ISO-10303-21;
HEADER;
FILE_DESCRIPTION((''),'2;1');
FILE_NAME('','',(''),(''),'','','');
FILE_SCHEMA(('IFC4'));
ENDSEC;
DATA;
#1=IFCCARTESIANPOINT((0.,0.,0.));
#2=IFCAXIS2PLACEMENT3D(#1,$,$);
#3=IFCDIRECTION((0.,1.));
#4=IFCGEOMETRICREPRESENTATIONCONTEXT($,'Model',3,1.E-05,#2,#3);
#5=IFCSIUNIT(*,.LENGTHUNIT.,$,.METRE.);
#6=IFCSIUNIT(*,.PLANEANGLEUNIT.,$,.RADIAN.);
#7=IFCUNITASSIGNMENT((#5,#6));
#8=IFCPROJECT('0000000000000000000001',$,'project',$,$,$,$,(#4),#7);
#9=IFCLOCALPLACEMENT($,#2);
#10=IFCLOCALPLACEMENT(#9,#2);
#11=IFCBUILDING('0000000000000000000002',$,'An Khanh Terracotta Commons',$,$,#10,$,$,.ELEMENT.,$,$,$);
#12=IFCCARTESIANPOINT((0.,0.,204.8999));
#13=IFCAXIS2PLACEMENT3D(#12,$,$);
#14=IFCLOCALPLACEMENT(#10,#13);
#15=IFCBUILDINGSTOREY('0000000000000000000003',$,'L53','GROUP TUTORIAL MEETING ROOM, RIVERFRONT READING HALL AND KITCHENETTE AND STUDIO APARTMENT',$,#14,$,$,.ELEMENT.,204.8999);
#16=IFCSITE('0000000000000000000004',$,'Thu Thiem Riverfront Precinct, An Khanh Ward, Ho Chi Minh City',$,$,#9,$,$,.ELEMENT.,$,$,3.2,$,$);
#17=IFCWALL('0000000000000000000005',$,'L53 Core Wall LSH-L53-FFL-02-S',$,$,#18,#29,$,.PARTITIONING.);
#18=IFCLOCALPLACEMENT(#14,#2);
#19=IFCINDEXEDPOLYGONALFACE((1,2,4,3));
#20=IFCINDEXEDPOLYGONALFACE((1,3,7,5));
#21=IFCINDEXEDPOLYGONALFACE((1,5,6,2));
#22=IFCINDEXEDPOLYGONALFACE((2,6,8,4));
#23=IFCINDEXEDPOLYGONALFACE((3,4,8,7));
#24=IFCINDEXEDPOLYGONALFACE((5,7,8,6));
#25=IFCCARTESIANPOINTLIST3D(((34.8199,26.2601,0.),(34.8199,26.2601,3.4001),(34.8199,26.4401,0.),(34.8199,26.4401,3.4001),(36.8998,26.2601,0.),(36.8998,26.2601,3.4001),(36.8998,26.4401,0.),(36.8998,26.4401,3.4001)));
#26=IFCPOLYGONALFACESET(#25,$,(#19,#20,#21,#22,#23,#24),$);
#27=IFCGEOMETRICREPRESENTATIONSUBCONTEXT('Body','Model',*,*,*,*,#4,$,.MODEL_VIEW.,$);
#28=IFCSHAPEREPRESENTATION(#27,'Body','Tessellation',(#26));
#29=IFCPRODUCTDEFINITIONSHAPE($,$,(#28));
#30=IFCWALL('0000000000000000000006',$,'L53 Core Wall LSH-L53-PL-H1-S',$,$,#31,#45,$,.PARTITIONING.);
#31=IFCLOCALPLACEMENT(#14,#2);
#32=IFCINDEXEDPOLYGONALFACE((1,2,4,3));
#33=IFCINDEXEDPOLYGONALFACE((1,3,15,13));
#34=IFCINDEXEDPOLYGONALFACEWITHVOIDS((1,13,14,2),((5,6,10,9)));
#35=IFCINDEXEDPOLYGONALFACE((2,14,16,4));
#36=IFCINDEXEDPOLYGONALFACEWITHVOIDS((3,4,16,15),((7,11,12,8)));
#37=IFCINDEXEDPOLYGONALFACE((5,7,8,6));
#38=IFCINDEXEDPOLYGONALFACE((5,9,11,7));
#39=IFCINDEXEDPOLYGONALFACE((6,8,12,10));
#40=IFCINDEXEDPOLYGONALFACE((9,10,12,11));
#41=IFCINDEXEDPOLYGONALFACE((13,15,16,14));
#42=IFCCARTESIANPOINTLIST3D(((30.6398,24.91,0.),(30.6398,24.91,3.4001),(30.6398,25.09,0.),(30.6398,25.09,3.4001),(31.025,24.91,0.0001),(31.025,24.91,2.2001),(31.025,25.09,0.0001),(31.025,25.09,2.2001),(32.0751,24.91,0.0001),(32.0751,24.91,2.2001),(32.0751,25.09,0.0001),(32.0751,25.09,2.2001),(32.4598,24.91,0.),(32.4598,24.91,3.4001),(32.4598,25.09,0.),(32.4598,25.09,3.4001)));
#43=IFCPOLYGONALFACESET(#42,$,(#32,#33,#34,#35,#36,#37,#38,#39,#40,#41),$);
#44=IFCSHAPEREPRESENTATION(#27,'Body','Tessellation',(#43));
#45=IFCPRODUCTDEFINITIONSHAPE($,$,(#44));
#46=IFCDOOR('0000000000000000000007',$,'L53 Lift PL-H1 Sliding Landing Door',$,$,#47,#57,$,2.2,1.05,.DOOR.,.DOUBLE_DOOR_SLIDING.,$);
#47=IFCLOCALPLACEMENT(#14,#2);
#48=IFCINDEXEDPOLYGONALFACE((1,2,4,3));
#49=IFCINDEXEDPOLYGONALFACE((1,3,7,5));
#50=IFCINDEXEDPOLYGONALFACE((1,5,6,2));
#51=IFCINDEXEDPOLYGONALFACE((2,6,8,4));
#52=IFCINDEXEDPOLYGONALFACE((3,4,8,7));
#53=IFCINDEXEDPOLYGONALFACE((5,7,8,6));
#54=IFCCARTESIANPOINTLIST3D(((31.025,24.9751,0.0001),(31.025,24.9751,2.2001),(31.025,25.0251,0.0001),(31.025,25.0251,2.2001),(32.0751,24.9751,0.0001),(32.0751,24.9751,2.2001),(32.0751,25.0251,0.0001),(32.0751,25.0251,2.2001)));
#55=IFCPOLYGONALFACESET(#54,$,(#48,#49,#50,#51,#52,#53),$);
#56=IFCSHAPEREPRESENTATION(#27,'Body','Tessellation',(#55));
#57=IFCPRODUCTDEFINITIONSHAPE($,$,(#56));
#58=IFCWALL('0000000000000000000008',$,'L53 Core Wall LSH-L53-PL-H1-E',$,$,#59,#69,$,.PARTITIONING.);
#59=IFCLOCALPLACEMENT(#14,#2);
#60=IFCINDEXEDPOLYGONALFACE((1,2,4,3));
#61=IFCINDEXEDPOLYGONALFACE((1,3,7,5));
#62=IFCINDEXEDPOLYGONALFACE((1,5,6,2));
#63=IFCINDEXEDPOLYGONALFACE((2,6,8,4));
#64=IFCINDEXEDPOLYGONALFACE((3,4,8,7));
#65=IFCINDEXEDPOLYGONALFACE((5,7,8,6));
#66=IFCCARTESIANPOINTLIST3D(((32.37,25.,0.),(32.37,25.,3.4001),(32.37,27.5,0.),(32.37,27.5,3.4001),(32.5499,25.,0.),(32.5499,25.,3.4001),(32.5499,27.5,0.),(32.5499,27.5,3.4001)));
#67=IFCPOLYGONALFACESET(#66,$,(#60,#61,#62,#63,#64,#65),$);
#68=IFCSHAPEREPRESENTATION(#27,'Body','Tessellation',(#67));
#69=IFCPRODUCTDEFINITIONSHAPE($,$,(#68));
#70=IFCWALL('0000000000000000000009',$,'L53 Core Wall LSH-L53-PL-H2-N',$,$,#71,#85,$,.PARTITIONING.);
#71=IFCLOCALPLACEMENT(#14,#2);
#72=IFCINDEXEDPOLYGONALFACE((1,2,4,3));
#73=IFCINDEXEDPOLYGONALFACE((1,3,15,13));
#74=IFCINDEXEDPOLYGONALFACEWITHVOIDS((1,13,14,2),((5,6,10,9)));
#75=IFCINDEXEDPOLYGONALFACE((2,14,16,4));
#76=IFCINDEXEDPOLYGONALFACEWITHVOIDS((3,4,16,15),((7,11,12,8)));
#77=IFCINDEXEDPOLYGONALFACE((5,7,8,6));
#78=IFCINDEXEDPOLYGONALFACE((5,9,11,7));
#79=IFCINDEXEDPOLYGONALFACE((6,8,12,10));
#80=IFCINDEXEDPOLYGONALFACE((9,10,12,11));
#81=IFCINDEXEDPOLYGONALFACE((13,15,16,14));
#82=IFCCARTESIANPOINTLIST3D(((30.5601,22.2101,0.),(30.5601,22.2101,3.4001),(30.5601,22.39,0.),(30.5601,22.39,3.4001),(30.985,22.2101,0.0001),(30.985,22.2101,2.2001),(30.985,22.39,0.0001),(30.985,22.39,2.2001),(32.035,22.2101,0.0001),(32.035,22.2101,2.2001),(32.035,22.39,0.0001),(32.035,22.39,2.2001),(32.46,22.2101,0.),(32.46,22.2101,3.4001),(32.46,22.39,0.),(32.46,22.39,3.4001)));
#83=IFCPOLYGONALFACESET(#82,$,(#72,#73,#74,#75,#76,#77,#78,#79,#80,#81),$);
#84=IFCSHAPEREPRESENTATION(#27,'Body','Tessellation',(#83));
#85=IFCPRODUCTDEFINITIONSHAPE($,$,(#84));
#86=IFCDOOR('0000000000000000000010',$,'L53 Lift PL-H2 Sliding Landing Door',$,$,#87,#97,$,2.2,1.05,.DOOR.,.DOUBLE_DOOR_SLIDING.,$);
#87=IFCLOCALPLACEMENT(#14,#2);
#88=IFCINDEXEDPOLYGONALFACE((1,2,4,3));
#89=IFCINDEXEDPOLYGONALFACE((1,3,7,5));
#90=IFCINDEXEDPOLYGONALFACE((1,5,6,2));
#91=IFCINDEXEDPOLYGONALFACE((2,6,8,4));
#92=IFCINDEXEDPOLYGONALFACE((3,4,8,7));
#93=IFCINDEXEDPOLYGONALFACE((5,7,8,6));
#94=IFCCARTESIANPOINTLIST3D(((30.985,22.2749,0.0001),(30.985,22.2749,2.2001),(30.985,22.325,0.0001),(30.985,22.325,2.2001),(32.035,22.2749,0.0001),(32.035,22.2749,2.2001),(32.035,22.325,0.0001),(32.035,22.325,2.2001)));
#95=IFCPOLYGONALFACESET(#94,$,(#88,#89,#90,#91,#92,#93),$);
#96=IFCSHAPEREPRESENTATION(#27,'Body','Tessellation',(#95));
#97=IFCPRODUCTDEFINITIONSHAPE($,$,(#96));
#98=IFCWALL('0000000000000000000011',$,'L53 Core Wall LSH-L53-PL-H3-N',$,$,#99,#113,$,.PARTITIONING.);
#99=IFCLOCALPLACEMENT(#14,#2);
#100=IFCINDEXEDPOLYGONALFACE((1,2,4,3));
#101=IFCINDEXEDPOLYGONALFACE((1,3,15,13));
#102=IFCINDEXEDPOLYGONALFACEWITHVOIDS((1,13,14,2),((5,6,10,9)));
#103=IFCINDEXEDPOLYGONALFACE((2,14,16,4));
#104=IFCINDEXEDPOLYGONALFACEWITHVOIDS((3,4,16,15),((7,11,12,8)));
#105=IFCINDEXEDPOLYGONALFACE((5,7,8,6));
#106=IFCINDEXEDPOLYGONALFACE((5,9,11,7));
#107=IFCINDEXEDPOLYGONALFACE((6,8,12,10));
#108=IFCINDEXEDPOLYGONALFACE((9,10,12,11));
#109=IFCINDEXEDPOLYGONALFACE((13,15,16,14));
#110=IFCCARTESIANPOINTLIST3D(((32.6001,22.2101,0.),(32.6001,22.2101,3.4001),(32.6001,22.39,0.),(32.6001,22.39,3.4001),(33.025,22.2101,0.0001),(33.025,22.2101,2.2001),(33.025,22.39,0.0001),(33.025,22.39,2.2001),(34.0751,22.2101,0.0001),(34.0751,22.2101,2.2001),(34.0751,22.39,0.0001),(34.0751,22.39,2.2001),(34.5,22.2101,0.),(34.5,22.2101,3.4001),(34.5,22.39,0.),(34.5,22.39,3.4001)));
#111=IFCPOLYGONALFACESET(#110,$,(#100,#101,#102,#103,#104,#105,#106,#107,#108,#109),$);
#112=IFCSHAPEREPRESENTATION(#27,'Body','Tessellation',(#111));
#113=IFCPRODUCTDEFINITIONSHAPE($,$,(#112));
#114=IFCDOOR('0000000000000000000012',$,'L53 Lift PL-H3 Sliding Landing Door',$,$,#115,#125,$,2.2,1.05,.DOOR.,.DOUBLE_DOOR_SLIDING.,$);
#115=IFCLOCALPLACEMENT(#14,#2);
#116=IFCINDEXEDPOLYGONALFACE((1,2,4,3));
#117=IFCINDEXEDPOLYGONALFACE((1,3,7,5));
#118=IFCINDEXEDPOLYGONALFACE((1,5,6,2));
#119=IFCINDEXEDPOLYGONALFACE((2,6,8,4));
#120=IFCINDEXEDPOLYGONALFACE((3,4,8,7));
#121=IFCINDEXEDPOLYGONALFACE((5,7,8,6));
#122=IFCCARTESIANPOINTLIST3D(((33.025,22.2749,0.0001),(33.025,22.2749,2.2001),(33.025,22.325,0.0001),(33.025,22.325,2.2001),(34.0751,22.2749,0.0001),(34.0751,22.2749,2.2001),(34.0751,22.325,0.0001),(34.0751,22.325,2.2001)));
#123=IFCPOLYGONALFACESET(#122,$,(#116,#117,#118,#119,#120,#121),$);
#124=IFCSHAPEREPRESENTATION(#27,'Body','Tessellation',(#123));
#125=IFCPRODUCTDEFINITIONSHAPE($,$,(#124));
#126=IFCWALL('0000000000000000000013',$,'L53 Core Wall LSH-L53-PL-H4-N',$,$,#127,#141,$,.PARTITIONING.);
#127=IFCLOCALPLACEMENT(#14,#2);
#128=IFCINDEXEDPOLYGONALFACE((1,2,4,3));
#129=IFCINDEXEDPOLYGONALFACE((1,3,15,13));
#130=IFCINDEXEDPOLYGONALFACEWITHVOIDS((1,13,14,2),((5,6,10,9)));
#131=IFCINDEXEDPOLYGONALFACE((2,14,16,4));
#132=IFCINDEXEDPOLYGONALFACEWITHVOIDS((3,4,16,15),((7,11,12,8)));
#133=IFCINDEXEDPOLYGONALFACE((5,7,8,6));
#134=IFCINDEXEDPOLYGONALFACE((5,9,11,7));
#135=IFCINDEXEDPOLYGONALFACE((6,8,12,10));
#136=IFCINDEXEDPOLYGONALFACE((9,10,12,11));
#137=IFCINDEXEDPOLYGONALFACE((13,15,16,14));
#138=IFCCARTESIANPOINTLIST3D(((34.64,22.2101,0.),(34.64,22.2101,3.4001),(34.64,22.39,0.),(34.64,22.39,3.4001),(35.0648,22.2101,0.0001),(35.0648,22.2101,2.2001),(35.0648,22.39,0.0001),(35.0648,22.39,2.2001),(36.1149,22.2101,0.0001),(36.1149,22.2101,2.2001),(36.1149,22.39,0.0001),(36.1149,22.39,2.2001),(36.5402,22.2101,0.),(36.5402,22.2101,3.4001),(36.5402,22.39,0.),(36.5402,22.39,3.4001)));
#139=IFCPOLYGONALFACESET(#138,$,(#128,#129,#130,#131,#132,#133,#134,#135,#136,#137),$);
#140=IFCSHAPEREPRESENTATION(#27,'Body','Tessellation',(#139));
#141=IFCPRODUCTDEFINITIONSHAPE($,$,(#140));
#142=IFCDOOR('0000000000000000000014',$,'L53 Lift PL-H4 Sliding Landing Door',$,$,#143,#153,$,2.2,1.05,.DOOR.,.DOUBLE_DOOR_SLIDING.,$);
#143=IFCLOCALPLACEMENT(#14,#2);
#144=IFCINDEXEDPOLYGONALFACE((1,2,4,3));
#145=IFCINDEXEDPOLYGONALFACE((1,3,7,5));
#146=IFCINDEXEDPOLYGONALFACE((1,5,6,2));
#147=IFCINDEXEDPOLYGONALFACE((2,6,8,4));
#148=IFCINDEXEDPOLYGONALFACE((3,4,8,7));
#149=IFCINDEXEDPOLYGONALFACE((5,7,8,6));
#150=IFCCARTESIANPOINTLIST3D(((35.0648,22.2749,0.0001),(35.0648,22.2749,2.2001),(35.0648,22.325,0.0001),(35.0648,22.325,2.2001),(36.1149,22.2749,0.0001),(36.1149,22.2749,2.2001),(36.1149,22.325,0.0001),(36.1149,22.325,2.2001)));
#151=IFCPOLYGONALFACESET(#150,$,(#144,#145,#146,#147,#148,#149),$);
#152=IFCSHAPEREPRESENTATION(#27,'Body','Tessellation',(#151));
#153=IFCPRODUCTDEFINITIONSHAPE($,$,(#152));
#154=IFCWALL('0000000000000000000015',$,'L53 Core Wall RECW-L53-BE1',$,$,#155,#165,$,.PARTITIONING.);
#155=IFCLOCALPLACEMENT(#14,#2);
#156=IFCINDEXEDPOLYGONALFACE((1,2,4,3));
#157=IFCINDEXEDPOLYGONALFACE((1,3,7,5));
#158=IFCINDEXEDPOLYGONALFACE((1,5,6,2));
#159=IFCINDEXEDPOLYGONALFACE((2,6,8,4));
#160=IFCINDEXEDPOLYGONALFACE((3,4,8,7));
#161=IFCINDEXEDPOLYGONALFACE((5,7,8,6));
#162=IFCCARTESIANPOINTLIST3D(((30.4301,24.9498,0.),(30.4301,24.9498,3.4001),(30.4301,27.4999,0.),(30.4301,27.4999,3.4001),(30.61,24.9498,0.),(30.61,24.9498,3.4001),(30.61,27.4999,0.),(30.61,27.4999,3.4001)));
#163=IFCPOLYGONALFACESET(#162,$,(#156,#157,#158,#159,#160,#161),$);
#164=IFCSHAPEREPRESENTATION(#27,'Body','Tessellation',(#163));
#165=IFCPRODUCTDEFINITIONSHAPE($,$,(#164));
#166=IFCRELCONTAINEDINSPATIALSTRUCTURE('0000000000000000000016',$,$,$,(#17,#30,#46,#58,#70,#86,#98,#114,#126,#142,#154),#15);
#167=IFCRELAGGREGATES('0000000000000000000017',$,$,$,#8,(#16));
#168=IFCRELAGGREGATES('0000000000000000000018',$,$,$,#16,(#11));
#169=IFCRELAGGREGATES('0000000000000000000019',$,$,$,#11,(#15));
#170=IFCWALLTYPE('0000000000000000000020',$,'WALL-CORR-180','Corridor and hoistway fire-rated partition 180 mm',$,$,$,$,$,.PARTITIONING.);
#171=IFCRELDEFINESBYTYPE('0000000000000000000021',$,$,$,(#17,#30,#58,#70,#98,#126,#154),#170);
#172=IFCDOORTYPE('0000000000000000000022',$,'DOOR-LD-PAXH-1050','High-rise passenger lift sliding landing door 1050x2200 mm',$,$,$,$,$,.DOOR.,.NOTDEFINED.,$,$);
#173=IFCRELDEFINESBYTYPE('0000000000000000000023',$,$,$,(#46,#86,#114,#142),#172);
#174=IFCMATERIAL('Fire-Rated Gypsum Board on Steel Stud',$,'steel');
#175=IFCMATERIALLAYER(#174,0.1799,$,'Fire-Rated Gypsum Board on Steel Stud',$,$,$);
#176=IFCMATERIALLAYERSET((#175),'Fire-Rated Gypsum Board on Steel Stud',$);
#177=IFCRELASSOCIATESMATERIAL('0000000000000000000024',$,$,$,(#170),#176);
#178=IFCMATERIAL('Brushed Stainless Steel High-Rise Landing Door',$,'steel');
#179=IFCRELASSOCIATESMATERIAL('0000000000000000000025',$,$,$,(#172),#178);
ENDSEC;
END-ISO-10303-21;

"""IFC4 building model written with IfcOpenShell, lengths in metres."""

from ifc_helpers import new_model, si_unit, direction, frame, frame_2d, origin, place, context, subcontext, project, spatial, rectangle, extrude, material, layer, layer_set, type_object, element, fill, save


model = new_model("IFC4")

# Units and contexts
model_context = context("Model", 3, precision=1e-05, world=origin(), true_north=direction((0.0, 1.0)))
body_context = subcontext(model_context, "Body", "Model", "MODEL_VIEW")
ifc_project = project(units=[si_unit("LENGTHUNIT", "METRE"), si_unit("PLANEANGLEUNIT", "RADIAN")], contexts=[model_context])

# Site, building, storey
site_placement = place(None, origin())
site = spatial("IfcSite", under=ifc_project, at=site_placement, Name="Thu Thiem Riverfront Precinct, An Khanh Ward, Ho Chi Minh City", CompositionType="ELEMENT", RefElevation=3.2)
building_placement = place(site_placement, origin())
building = spatial("IfcBuilding", under=site, at=building_placement, Name="An Khanh Terracotta Commons", CompositionType="ELEMENT")
storey_placement = place(building_placement, frame((0.0, 0.0, 204.8999)))
storey = spatial("IfcBuildingStorey", under=building, at=storey_placement, Name="L53", Description="GROUP TUTORIAL MEETING ROOM, RIVERFRONT READING HALL AND KITCHENETTE AND STUDIO APARTMENT", CompositionType="ELEMENT", Elevation=204.8999)

# Wall
ifc_material_1 = material(Name="Fire-Rated Gypsum Board on Steel Stud", Category="steel")
ifc_layer = layer(ifc_material_1, 0.1799, Name="Fire-Rated Gypsum Board on Steel Stud")
ifc_layer_set = layer_set([ifc_layer], Name="Fire-Rated Gypsum Board on Steel Stud")
wall_type = type_object("IfcWallType", Name="WALL-CORR-180", Description="Corridor and hoistway fire-rated partition 180 mm", PredefinedType="PARTITIONING", material=ifc_layer_set)
wall_1_placement = place(storey_placement, frame((36.8999, 26.3501, 0.0), z_axis=(0.0, 0.0, 1.0), x_axis=(-1.0, 0.0, 0.0)))
element("IfcWall", 1, at=wall_1_placement, inside=storey, type_object=wall_type, Name="L53 Core Wall LSH-L53-FFL-02-S", PredefinedType="PARTITIONING", context=body_context, shape_type="SweptSolid", body=[
    extrude(rectangle(XDim=2.0798, YDim=0.1799, at=frame_2d((1.04, 0.0))), origin(), (0.0, 0.0, 1.0), 3.4001),
])

# Wall, opening, door
wall_2_placement = place(storey_placement, frame((32.46, 25.0, 0.0), z_axis=(0.0, 0.0, 1.0), x_axis=(-1.0, 0.0, 0.0)))
wall_2 = element("IfcWall", 2, at=wall_2_placement, inside=storey, type_object=wall_type, Name="L53 Core Wall LSH-L53-PL-H1-S", PredefinedType="PARTITIONING", context=body_context, shape_type="SweptSolid", body=[
    extrude(rectangle(XDim=1.8201, YDim=0.1799, at=frame_2d((0.9102, 0.0))), origin(), (0.0, 0.0, 1.0), 3.4001),
])
opening_1_placement = place(wall_2_placement, frame((0.385, 0.0, 0.0)))
opening_1 = element("IfcOpeningElement", 3, at=opening_1_placement, cuts=wall_2, PredefinedType="OPENING", context=body_context, shape_type="SweptSolid", body=[
    extrude(rectangle(XDim=1.05, YDim=2.2, at=frame_2d((0.5249, 1.1001))), frame((0.0, 0.0999, 0.0), z_axis=(0.0, -1.0, 0.0), x_axis=(1.0, 0.0, 0.0)), (0.0, 0.0, 1.0), 0.2),
])
ifc_material_2 = material(Name="Brushed Stainless Steel High-Rise Landing Door", Category="steel")
door_type_1 = type_object("IfcDoorType", Name="DOOR-LD-PAXH-1050", Description="High-rise passenger lift sliding landing door 1050x2200 mm", OperationType="NOTDEFINED", PredefinedType="DOOR", material=ifc_material_2)
door_1_placement = place(opening_1_placement, origin())
door_1 = element("IfcDoor", 4, at=door_1_placement, inside=storey, type_object=door_type_1, Name="L53 Lift PL-H1 Sliding Landing Door", OperationType="DOUBLE_DOOR_SLIDING", OverallHeight=2.2, OverallWidth=1.05, PredefinedType="DOOR", context=body_context, shape_type="SweptSolid", body=[
    extrude(rectangle(XDim=1.05, YDim=2.2, at=frame_2d((0.5249, 1.1001))), frame((0.0, 0.0249, 0.0), z_axis=(0.0, -1.0, 0.0), x_axis=(1.0, 0.0, 0.0)), (0.0, 0.0, 1.0), 0.05),
])
fill(opening_1, door_1)

# Wall
wall_3_placement = place(storey_placement, frame((32.46, 25.0, 0.0), z_axis=(0.0, 0.0, 1.0), x_axis=(0.0, 1.0, 0.0)))
element("IfcWall", 5, at=wall_3_placement, inside=storey, type_object=wall_type, Name="L53 Core Wall LSH-L53-PL-H1-E", PredefinedType="PARTITIONING", context=body_context, shape_type="SweptSolid", body=[
    extrude(rectangle(XDim=2.5, YDim=0.1799, at=frame_2d((1.25, 0.0))), origin(), (0.0, 0.0, 1.0), 3.4001),
])

# Walls, openings, doors
wall_4_placement = place(storey_placement, frame((30.5601, 22.3, 0.0), z_axis=(0.0, 0.0, 1.0), x_axis=(1.0, 0.0, 0.0)))
wall_4 = element("IfcWall", 6, at=wall_4_placement, inside=storey, type_object=wall_type, Name="L53 Core Wall LSH-L53-PL-H2-N", PredefinedType="PARTITIONING", context=body_context, shape_type="SweptSolid", body=[
    extrude(rectangle(XDim=1.8999, YDim=0.1799, at=frame_2d((0.95, 0.0))), origin(), (0.0, 0.0, 1.0), 3.4001),
])
opening_2_placement = place(wall_4_placement, frame((0.425, 0.0, 0.0)))
opening_2 = element("IfcOpeningElement", 7, at=opening_2_placement, cuts=wall_4, PredefinedType="OPENING", context=body_context, shape_type="SweptSolid", body=[
    extrude(rectangle(XDim=1.05, YDim=2.2, at=frame_2d((0.5249, 1.1001))), frame((0.0, 0.0999, 0.0), z_axis=(0.0, -1.0, 0.0), x_axis=(1.0, 0.0, 0.0)), (0.0, 0.0, 1.0), 0.2),
])
door_2_placement = place(opening_2_placement, origin())
door_2 = element("IfcDoor", 8, at=door_2_placement, inside=storey, type_object=door_type_1, Name="L53 Lift PL-H2 Sliding Landing Door", OperationType="DOUBLE_DOOR_SLIDING", OverallHeight=2.2, OverallWidth=1.05, PredefinedType="DOOR", context=body_context, shape_type="SweptSolid", body=[
    extrude(rectangle(XDim=1.05, YDim=2.2, at=frame_2d((0.5249, 1.1001))), frame((0.0, 0.0249, 0.0), z_axis=(0.0, -1.0, 0.0), x_axis=(1.0, 0.0, 0.0)), (0.0, 0.0, 1.0), 0.05),
])
fill(opening_2, door_2)
wall_5_placement = place(storey_placement, frame((32.6001, 22.3, 0.0), z_axis=(0.0, 0.0, 1.0), x_axis=(1.0, 0.0, 0.0)))
wall_5 = element("IfcWall", 9, at=wall_5_placement, inside=storey, type_object=wall_type, Name="L53 Core Wall LSH-L53-PL-H3-N", PredefinedType="PARTITIONING", context=body_context, shape_type="SweptSolid", body=[
    extrude(rectangle(XDim=1.8999, YDim=0.1799, at=frame_2d((0.95, 0.0))), origin(), (0.0, 0.0, 1.0), 3.4001),
])
opening_3_placement = place(wall_5_placement, frame((0.425, 0.0, 0.0)))
opening_3 = element("IfcOpeningElement", 10, at=opening_3_placement, cuts=wall_5, PredefinedType="OPENING", context=body_context, shape_type="SweptSolid", body=[
    extrude(rectangle(XDim=1.05, YDim=2.2, at=frame_2d((0.5249, 1.1001))), frame((0.0, 0.0999, 0.0), z_axis=(0.0, -1.0, 0.0), x_axis=(1.0, 0.0, 0.0)), (0.0, 0.0, 1.0), 0.2),
])
door_3_placement = place(opening_3_placement, origin())
door_3 = element("IfcDoor", 11, at=door_3_placement, inside=storey, type_object=door_type_1, Name="L53 Lift PL-H3 Sliding Landing Door", OperationType="DOUBLE_DOOR_SLIDING", OverallHeight=2.2, OverallWidth=1.05, PredefinedType="DOOR", context=body_context, shape_type="SweptSolid", body=[
    extrude(rectangle(XDim=1.05, YDim=2.2, at=frame_2d((0.5249, 1.1001))), frame((0.0, 0.0249, 0.0), z_axis=(0.0, -1.0, 0.0), x_axis=(1.0, 0.0, 0.0)), (0.0, 0.0, 1.0), 0.05),
])
fill(opening_3, door_3)
wall_6_placement = place(storey_placement, frame((34.6399, 22.3, 0.0), z_axis=(0.0, 0.0, 1.0), x_axis=(1.0, 0.0, 0.0)))
wall_6 = element("IfcWall", 12, at=wall_6_placement, inside=storey, type_object=wall_type, Name="L53 Core Wall LSH-L53-PL-H4-N", PredefinedType="PARTITIONING", context=body_context, shape_type="SweptSolid", body=[
    extrude(rectangle(XDim=1.9001, YDim=0.1799, at=frame_2d((0.9502, 0.0))), origin(), (0.0, 0.0, 1.0), 3.4001),
])
opening_4_placement = place(wall_6_placement, frame((0.425, 0.0, 0.0)))
opening_4 = element("IfcOpeningElement", 13, at=opening_4_placement, cuts=wall_6, PredefinedType="OPENING", context=body_context, shape_type="SweptSolid", body=[
    extrude(rectangle(XDim=1.05, YDim=2.2, at=frame_2d((0.5249, 1.1001))), frame((0.0, 0.0999, 0.0), z_axis=(0.0, -1.0, 0.0), x_axis=(1.0, 0.0, 0.0)), (0.0, 0.0, 1.0), 0.2),
])
door_4_placement = place(opening_4_placement, origin())
door_4 = element("IfcDoor", 14, at=door_4_placement, inside=storey, type_object=door_type_1, Name="L53 Lift PL-H4 Sliding Landing Door", OperationType="DOUBLE_DOOR_SLIDING", OverallHeight=2.2, OverallWidth=1.05, PredefinedType="DOOR", context=body_context, shape_type="SweptSolid", body=[
    extrude(rectangle(XDim=1.05, YDim=2.2, at=frame_2d((0.5249, 1.1001))), frame((0.0, 0.0249, 0.0), z_axis=(0.0, -1.0, 0.0), x_axis=(1.0, 0.0, 0.0)), (0.0, 0.0, 1.0), 0.05),
])
fill(opening_4, door_4)

# Wall
wall_7_placement = place(storey_placement, frame((30.52, 24.95, 0.0), z_axis=(0.0, 0.0, 1.0), x_axis=(0.0, 1.0, 0.0)))
element("IfcWall", 15, at=wall_7_placement, inside=storey, type_object=wall_type, Name="L53 Core Wall RECW-L53-BE1", PredefinedType="PARTITIONING", context=body_context, shape_type="SweptSolid", body=[
    extrude(rectangle(XDim=2.55, YDim=0.1799, at=frame_2d((1.2749, 0.0))), origin(), (0.0, 0.0, 1.0), 3.4001),
])

save(model, "model.ifc")
